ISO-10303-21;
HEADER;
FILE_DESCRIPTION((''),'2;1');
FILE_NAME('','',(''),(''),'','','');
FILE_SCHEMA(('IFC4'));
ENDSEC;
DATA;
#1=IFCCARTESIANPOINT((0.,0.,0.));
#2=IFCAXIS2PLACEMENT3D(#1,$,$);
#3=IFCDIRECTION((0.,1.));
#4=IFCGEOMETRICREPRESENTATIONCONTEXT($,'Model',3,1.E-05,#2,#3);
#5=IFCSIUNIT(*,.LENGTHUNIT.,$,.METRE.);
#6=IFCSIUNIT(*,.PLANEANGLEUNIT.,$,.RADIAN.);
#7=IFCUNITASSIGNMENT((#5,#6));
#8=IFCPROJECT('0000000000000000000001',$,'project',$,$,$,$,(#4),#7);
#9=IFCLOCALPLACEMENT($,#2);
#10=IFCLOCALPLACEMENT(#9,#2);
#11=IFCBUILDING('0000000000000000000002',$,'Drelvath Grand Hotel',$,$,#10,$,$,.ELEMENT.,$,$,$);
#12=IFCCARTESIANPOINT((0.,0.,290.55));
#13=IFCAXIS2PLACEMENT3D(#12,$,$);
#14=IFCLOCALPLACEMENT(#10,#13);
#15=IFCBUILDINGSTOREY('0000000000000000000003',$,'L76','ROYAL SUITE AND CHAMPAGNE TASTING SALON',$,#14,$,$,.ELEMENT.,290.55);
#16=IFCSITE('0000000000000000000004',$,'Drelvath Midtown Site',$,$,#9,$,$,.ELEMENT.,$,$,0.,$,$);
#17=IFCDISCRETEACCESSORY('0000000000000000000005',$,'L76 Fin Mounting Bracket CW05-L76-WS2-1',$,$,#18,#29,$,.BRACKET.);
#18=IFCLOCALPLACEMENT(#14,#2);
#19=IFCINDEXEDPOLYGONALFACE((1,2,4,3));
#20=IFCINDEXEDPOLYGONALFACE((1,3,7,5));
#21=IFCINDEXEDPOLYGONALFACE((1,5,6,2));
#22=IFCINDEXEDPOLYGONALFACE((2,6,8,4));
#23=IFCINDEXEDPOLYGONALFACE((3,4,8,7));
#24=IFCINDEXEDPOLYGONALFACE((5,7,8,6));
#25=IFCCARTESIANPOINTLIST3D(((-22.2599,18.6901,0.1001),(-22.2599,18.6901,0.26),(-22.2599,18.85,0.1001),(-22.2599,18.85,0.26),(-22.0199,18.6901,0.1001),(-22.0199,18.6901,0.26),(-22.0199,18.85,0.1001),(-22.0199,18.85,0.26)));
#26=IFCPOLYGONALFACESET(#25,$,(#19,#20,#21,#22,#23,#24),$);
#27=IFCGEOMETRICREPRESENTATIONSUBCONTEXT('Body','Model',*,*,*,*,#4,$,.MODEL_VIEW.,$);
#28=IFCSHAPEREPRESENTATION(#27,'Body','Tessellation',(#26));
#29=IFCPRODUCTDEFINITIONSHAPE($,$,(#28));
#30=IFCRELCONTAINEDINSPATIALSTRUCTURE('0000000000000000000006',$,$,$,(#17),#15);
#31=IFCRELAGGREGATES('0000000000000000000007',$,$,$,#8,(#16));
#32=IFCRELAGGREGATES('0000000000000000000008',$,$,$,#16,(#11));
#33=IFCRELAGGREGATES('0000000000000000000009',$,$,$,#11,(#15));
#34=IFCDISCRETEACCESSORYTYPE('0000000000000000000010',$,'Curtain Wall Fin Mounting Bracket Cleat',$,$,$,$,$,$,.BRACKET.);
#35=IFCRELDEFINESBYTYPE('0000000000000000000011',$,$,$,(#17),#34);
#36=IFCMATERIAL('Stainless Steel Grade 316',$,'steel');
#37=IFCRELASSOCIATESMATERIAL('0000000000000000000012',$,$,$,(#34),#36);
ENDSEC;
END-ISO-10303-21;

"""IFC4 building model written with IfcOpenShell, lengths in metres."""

from ifc_helpers import new_model, si_unit, direction, frame, origin, origin_2d, place, context, subcontext, project, spatial, rectangle, extrude, material, type_object, element, save


model = new_model("IFC4")

# Units and contexts
model_context = context("Model", 3, precision=1e-05, world=origin(), true_north=direction((0.0, 1.0)))
body_context = subcontext(model_context, "Body", "Model", "MODEL_VIEW")
ifc_project = project(units=[si_unit("LENGTHUNIT", "METRE"), si_unit("PLANEANGLEUNIT", "RADIAN")], contexts=[model_context])

# Site, building, storey
site_placement = place(None, origin())
site = spatial("IfcSite", under=ifc_project, at=site_placement, Name="Drelvath Midtown Site", CompositionType="ELEMENT", RefElevation=0.0)
building_placement = place(site_placement, origin())
building = spatial("IfcBuilding", under=site, at=building_placement, Name="Drelvath Grand Hotel", CompositionType="ELEMENT")
storey_placement = place(building_placement, frame((0.0, 0.0, 290.55)))
storey = spatial("IfcBuildingStorey", under=building, at=storey_placement, Name="L76", Description="ROYAL SUITE AND CHAMPAGNE TASTING SALON", CompositionType="ELEMENT", Elevation=290.55)

# Discrete accessory
ifc_material_1 = material(Name="Stainless Steel Grade 316", Category="steel")
discrete_accessory_type = type_object("IfcDiscreteAccessoryType", Name="Curtain Wall Fin Mounting Bracket Cleat", PredefinedType="BRACKET", material=ifc_material_1)
discrete_accessory_placement = place(storey_placement, frame((-22.1399, 18.77, 0.1001), z_axis=(0.0, 0.0, 1.0), x_axis=(0.0, 1.0, 0.0)))
element("IfcDiscreteAccessory", 1, at=discrete_accessory_placement, inside=storey, type_object=discrete_accessory_type, Name="L76 Fin Mounting Bracket CW05-L76-WS2-1", PredefinedType="BRACKET", context=body_context, shape_type="SweptSolid", body=[
    extrude(rectangle(XDim=0.1599, YDim=0.24, at=origin_2d()), origin(), (0.0, 0.0, 1.0), 0.1599),
])

save(model, "model.ifc")
